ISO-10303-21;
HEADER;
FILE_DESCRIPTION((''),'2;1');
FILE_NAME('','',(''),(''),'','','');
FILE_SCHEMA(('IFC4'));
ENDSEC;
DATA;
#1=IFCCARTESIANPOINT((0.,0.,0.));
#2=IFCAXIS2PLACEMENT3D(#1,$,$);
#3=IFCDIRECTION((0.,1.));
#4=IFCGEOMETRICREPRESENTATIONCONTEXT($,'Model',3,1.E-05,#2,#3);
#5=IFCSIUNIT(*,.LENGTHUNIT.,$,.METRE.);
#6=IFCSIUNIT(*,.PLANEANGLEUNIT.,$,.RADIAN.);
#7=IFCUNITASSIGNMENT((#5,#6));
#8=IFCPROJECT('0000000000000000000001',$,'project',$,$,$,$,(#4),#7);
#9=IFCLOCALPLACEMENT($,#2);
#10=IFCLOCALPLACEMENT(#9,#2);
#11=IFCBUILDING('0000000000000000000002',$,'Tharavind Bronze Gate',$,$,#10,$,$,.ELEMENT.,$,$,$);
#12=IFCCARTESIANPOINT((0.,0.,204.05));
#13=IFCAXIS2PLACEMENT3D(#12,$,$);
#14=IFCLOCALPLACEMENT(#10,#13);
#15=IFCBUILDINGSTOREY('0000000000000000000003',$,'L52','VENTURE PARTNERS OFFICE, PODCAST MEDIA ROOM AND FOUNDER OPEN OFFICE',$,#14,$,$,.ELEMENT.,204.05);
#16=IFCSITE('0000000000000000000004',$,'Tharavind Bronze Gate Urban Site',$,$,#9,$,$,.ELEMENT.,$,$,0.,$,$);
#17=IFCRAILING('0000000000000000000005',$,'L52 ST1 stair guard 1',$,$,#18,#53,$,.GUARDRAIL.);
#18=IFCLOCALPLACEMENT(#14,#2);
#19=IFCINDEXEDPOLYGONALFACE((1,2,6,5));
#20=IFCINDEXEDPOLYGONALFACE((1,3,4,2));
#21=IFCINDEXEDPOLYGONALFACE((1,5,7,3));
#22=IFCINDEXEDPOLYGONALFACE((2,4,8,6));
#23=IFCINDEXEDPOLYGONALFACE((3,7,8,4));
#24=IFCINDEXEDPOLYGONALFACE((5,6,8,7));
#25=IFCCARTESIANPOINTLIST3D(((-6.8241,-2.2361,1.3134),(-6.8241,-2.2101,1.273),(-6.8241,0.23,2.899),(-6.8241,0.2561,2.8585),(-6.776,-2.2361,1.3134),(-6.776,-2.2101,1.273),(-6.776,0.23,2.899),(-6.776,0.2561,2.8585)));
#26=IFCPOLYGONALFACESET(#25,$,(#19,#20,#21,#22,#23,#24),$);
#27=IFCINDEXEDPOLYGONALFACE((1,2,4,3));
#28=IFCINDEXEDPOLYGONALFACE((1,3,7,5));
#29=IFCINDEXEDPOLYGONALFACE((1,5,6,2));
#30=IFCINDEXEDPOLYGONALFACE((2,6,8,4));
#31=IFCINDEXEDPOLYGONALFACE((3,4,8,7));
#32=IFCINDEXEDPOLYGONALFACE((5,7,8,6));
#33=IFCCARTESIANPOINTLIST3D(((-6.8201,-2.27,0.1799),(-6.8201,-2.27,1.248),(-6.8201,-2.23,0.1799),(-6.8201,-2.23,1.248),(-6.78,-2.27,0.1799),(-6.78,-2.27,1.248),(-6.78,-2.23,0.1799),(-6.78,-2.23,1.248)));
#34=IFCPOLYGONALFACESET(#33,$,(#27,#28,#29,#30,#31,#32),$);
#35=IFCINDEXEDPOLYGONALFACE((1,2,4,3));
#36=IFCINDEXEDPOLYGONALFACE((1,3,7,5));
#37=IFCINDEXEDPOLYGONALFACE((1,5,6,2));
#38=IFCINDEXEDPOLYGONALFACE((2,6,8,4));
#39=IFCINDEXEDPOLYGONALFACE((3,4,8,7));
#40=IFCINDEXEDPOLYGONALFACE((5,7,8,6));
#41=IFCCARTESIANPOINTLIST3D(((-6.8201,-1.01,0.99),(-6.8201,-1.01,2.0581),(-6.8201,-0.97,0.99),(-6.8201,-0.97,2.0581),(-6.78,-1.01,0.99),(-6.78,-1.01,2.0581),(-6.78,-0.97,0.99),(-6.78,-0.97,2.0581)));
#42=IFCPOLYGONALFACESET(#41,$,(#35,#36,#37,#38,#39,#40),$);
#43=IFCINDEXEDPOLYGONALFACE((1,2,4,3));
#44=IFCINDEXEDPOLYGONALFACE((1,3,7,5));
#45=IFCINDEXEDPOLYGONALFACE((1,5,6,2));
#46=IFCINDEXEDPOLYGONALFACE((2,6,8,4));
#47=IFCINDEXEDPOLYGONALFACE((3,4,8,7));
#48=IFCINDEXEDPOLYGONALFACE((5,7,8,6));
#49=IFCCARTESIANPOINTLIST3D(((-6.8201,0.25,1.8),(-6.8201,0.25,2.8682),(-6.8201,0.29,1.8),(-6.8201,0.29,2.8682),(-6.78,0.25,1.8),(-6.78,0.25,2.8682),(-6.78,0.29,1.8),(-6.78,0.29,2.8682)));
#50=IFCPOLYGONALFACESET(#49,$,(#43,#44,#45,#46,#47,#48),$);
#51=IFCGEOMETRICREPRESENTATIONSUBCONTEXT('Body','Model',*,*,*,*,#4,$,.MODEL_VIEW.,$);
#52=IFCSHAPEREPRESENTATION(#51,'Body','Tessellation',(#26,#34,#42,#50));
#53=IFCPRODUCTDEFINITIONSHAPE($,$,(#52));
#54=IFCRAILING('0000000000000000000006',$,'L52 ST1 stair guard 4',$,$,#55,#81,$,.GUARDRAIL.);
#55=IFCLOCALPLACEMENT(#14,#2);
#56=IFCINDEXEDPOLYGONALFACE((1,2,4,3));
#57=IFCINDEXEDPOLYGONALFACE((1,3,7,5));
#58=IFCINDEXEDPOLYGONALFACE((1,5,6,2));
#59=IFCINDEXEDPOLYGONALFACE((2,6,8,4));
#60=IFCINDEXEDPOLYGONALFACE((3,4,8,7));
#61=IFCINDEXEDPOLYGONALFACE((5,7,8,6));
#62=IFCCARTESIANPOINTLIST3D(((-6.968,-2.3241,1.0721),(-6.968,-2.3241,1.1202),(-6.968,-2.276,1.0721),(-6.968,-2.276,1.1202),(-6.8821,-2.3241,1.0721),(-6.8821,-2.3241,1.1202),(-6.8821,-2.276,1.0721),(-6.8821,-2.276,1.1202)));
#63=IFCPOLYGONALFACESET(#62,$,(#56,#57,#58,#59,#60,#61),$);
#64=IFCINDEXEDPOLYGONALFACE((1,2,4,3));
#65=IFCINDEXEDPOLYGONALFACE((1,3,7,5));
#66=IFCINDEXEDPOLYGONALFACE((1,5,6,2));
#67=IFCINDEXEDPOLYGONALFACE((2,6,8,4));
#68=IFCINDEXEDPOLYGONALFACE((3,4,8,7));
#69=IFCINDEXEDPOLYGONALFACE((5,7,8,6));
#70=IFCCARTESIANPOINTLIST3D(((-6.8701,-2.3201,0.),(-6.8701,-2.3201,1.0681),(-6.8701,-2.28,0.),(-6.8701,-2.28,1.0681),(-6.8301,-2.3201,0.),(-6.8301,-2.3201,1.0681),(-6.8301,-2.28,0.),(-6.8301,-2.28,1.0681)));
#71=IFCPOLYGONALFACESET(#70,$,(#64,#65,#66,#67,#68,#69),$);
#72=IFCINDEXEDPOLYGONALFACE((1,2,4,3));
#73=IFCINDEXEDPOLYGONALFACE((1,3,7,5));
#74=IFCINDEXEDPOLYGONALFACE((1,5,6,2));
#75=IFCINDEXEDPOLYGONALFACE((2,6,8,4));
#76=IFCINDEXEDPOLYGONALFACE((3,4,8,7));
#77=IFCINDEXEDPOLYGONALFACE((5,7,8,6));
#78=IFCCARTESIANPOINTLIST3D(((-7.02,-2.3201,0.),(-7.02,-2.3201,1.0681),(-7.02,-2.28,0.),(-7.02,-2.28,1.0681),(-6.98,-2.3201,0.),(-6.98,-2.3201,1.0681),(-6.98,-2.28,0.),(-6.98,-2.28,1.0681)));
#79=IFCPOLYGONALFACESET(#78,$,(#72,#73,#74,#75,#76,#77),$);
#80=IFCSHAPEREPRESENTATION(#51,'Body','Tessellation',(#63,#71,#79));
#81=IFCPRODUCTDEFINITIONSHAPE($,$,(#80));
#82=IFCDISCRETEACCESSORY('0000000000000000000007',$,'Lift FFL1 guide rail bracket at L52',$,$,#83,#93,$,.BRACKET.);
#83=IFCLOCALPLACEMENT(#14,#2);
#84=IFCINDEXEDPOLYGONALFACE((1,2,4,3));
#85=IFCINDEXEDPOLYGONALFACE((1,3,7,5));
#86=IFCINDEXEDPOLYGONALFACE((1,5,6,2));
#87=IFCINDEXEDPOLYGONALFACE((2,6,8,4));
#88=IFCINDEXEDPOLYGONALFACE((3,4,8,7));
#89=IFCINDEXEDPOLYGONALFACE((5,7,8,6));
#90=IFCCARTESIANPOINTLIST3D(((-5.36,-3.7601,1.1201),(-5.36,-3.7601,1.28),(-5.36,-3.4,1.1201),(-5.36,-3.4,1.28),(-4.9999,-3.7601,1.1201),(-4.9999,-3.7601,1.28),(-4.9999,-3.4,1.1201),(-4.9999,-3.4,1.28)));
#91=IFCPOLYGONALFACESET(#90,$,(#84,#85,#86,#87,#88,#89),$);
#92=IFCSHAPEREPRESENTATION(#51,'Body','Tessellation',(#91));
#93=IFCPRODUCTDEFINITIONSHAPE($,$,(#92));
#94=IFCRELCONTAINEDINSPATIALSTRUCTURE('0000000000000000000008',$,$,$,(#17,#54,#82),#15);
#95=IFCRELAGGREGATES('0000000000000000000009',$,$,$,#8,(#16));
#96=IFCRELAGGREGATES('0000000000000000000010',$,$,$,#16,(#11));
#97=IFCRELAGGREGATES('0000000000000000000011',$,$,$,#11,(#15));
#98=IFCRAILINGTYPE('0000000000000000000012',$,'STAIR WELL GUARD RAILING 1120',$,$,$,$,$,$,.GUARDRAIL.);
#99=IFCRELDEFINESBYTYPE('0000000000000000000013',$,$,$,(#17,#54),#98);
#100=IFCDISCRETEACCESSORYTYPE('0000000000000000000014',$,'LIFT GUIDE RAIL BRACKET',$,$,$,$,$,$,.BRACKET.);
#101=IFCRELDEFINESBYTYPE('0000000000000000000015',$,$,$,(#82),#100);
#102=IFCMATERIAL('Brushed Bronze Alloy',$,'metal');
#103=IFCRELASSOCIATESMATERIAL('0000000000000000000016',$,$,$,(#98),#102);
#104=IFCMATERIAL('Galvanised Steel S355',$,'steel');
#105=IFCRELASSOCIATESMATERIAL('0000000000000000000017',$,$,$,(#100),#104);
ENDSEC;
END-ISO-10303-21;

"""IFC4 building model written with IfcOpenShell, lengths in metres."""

from ifc_helpers import new_model, si_unit, direction, frame, origin, origin_2d, place, context, subcontext, project, spatial, rectangle, extrude, material, type_object, element, save


model = new_model("IFC4")

# Units and contexts
model_context = context("Model", 3, precision=1e-05, world=origin(), true_north=direction((0.0, 1.0)))
body_context = subcontext(model_context, "Body", "Model", "MODEL_VIEW")
ifc_project = project(units=[si_unit("LENGTHUNIT", "METRE"), si_unit("PLANEANGLEUNIT", "RADIAN")], contexts=[model_context])

# Site, building, storey
site_placement = place(None, origin())
site = spatial("IfcSite", under=ifc_project, at=site_placement, Name="Tharavind Bronze Gate Urban Site", CompositionType="ELEMENT", RefElevation=0.0)
building_placement = place(site_placement, origin())
building = spatial("IfcBuilding", under=site, at=building_placement, Name="Tharavind Bronze Gate", CompositionType="ELEMENT")
storey_placement = place(building_placement, frame((0.0, 0.0, 204.05)))
storey = spatial("IfcBuildingStorey", under=building, at=storey_placement, Name="L52", Description="VENTURE PARTNERS OFFICE, PODCAST MEDIA ROOM AND FOUNDER OPEN OFFICE", CompositionType="ELEMENT", Elevation=204.05)

# Railings
ifc_material_1 = material(Name="Brushed Bronze Alloy", Category="metal")
railing_type_1 = type_object("IfcRailingType", Name="STAIR WELL GUARD RAILING 1120", PredefinedType="GUARDRAIL", material=ifc_material_1)
railing_1_placement = place(storey_placement, frame((-6.8, -2.25, 0.1799)))
element("IfcRailing", 1, at=railing_1_placement, inside=storey, type_object=railing_type_1, Name="L52 ST1 stair guard 1", PredefinedType="GUARDRAIL", context=body_context, shape_type="SweptSolid", body=[
    extrude(rectangle(XDim=0.0481, YDim=0.0481, at=origin_2d()), frame((0.0, 0.0269, 1.1133), z_axis=(0.0, 0.841163, 0.540782), x_axis=(-1.0, 0.0, 0.0)), (0.0, 0.0, 1.0), 2.9319),
    extrude(rectangle(XDim=0.04, YDim=0.04, at=origin_2d()), origin(), (0.0, 0.0, 1.0), 1.0681),
    extrude(rectangle(XDim=0.04, YDim=0.04, at=origin_2d()), frame((0.0, 1.26, 0.8101)), (0.0, 0.0, 1.0), 1.0681),
    extrude(rectangle(XDim=0.04, YDim=0.04, at=origin_2d()), frame((0.0, 2.52, 1.6201)), (0.0, 0.0, 1.0), 1.0681),
])
railing_2_placement = place(storey_placement, frame((-6.8501, -2.3, 0.0)))
element("IfcRailing", 2, at=railing_2_placement, inside=storey, type_object=railing_type_1, Name="L52 ST1 stair guard 4", PredefinedType="GUARDRAIL", context=body_context, shape_type="SweptSolid", body=[
    extrude(rectangle(XDim=0.0481, YDim=0.0481, at=origin_2d()), frame((-0.032, 0.0, 1.0962), z_axis=(-1.0, 0.0, 0.0), x_axis=(0.0, -1.0, 0.0)), (0.0, 0.0, 1.0), 0.0859),
    extrude(rectangle(XDim=0.04, YDim=0.04, at=origin_2d()), origin(), (0.0, 0.0, 1.0), 1.0681),
    extrude(rectangle(XDim=0.04, YDim=0.04, at=origin_2d()), frame((-0.1499, 0.0, 0.0)), (0.0, 0.0, 1.0), 1.0681),
])

# Discrete accessory
ifc_material_2 = material(Name="Galvanised Steel S355", Category="steel")
discrete_accessory_type = type_object("IfcDiscreteAccessoryType", Name="LIFT GUIDE RAIL BRACKET", PredefinedType="BRACKET", material=ifc_material_2)
discrete_accessory_placement = place(storey_placement, frame((-5.1799, -3.5801, 1.1201), z_axis=(0.0, 0.0, 1.0), x_axis=(1.0, 0.0, 0.0)))
element("IfcDiscreteAccessory", 3, at=discrete_accessory_placement, inside=storey, type_object=discrete_accessory_type, Name="Lift FFL1 guide rail bracket at L52", PredefinedType="BRACKET", context=body_context, shape_type="SweptSolid", body=[
    extrude(rectangle(XDim=0.3601, YDim=0.3601, at=origin_2d()), origin(), (0.0, 0.0, 1.0), 0.1599),
])

save(model, "model.ifc")
